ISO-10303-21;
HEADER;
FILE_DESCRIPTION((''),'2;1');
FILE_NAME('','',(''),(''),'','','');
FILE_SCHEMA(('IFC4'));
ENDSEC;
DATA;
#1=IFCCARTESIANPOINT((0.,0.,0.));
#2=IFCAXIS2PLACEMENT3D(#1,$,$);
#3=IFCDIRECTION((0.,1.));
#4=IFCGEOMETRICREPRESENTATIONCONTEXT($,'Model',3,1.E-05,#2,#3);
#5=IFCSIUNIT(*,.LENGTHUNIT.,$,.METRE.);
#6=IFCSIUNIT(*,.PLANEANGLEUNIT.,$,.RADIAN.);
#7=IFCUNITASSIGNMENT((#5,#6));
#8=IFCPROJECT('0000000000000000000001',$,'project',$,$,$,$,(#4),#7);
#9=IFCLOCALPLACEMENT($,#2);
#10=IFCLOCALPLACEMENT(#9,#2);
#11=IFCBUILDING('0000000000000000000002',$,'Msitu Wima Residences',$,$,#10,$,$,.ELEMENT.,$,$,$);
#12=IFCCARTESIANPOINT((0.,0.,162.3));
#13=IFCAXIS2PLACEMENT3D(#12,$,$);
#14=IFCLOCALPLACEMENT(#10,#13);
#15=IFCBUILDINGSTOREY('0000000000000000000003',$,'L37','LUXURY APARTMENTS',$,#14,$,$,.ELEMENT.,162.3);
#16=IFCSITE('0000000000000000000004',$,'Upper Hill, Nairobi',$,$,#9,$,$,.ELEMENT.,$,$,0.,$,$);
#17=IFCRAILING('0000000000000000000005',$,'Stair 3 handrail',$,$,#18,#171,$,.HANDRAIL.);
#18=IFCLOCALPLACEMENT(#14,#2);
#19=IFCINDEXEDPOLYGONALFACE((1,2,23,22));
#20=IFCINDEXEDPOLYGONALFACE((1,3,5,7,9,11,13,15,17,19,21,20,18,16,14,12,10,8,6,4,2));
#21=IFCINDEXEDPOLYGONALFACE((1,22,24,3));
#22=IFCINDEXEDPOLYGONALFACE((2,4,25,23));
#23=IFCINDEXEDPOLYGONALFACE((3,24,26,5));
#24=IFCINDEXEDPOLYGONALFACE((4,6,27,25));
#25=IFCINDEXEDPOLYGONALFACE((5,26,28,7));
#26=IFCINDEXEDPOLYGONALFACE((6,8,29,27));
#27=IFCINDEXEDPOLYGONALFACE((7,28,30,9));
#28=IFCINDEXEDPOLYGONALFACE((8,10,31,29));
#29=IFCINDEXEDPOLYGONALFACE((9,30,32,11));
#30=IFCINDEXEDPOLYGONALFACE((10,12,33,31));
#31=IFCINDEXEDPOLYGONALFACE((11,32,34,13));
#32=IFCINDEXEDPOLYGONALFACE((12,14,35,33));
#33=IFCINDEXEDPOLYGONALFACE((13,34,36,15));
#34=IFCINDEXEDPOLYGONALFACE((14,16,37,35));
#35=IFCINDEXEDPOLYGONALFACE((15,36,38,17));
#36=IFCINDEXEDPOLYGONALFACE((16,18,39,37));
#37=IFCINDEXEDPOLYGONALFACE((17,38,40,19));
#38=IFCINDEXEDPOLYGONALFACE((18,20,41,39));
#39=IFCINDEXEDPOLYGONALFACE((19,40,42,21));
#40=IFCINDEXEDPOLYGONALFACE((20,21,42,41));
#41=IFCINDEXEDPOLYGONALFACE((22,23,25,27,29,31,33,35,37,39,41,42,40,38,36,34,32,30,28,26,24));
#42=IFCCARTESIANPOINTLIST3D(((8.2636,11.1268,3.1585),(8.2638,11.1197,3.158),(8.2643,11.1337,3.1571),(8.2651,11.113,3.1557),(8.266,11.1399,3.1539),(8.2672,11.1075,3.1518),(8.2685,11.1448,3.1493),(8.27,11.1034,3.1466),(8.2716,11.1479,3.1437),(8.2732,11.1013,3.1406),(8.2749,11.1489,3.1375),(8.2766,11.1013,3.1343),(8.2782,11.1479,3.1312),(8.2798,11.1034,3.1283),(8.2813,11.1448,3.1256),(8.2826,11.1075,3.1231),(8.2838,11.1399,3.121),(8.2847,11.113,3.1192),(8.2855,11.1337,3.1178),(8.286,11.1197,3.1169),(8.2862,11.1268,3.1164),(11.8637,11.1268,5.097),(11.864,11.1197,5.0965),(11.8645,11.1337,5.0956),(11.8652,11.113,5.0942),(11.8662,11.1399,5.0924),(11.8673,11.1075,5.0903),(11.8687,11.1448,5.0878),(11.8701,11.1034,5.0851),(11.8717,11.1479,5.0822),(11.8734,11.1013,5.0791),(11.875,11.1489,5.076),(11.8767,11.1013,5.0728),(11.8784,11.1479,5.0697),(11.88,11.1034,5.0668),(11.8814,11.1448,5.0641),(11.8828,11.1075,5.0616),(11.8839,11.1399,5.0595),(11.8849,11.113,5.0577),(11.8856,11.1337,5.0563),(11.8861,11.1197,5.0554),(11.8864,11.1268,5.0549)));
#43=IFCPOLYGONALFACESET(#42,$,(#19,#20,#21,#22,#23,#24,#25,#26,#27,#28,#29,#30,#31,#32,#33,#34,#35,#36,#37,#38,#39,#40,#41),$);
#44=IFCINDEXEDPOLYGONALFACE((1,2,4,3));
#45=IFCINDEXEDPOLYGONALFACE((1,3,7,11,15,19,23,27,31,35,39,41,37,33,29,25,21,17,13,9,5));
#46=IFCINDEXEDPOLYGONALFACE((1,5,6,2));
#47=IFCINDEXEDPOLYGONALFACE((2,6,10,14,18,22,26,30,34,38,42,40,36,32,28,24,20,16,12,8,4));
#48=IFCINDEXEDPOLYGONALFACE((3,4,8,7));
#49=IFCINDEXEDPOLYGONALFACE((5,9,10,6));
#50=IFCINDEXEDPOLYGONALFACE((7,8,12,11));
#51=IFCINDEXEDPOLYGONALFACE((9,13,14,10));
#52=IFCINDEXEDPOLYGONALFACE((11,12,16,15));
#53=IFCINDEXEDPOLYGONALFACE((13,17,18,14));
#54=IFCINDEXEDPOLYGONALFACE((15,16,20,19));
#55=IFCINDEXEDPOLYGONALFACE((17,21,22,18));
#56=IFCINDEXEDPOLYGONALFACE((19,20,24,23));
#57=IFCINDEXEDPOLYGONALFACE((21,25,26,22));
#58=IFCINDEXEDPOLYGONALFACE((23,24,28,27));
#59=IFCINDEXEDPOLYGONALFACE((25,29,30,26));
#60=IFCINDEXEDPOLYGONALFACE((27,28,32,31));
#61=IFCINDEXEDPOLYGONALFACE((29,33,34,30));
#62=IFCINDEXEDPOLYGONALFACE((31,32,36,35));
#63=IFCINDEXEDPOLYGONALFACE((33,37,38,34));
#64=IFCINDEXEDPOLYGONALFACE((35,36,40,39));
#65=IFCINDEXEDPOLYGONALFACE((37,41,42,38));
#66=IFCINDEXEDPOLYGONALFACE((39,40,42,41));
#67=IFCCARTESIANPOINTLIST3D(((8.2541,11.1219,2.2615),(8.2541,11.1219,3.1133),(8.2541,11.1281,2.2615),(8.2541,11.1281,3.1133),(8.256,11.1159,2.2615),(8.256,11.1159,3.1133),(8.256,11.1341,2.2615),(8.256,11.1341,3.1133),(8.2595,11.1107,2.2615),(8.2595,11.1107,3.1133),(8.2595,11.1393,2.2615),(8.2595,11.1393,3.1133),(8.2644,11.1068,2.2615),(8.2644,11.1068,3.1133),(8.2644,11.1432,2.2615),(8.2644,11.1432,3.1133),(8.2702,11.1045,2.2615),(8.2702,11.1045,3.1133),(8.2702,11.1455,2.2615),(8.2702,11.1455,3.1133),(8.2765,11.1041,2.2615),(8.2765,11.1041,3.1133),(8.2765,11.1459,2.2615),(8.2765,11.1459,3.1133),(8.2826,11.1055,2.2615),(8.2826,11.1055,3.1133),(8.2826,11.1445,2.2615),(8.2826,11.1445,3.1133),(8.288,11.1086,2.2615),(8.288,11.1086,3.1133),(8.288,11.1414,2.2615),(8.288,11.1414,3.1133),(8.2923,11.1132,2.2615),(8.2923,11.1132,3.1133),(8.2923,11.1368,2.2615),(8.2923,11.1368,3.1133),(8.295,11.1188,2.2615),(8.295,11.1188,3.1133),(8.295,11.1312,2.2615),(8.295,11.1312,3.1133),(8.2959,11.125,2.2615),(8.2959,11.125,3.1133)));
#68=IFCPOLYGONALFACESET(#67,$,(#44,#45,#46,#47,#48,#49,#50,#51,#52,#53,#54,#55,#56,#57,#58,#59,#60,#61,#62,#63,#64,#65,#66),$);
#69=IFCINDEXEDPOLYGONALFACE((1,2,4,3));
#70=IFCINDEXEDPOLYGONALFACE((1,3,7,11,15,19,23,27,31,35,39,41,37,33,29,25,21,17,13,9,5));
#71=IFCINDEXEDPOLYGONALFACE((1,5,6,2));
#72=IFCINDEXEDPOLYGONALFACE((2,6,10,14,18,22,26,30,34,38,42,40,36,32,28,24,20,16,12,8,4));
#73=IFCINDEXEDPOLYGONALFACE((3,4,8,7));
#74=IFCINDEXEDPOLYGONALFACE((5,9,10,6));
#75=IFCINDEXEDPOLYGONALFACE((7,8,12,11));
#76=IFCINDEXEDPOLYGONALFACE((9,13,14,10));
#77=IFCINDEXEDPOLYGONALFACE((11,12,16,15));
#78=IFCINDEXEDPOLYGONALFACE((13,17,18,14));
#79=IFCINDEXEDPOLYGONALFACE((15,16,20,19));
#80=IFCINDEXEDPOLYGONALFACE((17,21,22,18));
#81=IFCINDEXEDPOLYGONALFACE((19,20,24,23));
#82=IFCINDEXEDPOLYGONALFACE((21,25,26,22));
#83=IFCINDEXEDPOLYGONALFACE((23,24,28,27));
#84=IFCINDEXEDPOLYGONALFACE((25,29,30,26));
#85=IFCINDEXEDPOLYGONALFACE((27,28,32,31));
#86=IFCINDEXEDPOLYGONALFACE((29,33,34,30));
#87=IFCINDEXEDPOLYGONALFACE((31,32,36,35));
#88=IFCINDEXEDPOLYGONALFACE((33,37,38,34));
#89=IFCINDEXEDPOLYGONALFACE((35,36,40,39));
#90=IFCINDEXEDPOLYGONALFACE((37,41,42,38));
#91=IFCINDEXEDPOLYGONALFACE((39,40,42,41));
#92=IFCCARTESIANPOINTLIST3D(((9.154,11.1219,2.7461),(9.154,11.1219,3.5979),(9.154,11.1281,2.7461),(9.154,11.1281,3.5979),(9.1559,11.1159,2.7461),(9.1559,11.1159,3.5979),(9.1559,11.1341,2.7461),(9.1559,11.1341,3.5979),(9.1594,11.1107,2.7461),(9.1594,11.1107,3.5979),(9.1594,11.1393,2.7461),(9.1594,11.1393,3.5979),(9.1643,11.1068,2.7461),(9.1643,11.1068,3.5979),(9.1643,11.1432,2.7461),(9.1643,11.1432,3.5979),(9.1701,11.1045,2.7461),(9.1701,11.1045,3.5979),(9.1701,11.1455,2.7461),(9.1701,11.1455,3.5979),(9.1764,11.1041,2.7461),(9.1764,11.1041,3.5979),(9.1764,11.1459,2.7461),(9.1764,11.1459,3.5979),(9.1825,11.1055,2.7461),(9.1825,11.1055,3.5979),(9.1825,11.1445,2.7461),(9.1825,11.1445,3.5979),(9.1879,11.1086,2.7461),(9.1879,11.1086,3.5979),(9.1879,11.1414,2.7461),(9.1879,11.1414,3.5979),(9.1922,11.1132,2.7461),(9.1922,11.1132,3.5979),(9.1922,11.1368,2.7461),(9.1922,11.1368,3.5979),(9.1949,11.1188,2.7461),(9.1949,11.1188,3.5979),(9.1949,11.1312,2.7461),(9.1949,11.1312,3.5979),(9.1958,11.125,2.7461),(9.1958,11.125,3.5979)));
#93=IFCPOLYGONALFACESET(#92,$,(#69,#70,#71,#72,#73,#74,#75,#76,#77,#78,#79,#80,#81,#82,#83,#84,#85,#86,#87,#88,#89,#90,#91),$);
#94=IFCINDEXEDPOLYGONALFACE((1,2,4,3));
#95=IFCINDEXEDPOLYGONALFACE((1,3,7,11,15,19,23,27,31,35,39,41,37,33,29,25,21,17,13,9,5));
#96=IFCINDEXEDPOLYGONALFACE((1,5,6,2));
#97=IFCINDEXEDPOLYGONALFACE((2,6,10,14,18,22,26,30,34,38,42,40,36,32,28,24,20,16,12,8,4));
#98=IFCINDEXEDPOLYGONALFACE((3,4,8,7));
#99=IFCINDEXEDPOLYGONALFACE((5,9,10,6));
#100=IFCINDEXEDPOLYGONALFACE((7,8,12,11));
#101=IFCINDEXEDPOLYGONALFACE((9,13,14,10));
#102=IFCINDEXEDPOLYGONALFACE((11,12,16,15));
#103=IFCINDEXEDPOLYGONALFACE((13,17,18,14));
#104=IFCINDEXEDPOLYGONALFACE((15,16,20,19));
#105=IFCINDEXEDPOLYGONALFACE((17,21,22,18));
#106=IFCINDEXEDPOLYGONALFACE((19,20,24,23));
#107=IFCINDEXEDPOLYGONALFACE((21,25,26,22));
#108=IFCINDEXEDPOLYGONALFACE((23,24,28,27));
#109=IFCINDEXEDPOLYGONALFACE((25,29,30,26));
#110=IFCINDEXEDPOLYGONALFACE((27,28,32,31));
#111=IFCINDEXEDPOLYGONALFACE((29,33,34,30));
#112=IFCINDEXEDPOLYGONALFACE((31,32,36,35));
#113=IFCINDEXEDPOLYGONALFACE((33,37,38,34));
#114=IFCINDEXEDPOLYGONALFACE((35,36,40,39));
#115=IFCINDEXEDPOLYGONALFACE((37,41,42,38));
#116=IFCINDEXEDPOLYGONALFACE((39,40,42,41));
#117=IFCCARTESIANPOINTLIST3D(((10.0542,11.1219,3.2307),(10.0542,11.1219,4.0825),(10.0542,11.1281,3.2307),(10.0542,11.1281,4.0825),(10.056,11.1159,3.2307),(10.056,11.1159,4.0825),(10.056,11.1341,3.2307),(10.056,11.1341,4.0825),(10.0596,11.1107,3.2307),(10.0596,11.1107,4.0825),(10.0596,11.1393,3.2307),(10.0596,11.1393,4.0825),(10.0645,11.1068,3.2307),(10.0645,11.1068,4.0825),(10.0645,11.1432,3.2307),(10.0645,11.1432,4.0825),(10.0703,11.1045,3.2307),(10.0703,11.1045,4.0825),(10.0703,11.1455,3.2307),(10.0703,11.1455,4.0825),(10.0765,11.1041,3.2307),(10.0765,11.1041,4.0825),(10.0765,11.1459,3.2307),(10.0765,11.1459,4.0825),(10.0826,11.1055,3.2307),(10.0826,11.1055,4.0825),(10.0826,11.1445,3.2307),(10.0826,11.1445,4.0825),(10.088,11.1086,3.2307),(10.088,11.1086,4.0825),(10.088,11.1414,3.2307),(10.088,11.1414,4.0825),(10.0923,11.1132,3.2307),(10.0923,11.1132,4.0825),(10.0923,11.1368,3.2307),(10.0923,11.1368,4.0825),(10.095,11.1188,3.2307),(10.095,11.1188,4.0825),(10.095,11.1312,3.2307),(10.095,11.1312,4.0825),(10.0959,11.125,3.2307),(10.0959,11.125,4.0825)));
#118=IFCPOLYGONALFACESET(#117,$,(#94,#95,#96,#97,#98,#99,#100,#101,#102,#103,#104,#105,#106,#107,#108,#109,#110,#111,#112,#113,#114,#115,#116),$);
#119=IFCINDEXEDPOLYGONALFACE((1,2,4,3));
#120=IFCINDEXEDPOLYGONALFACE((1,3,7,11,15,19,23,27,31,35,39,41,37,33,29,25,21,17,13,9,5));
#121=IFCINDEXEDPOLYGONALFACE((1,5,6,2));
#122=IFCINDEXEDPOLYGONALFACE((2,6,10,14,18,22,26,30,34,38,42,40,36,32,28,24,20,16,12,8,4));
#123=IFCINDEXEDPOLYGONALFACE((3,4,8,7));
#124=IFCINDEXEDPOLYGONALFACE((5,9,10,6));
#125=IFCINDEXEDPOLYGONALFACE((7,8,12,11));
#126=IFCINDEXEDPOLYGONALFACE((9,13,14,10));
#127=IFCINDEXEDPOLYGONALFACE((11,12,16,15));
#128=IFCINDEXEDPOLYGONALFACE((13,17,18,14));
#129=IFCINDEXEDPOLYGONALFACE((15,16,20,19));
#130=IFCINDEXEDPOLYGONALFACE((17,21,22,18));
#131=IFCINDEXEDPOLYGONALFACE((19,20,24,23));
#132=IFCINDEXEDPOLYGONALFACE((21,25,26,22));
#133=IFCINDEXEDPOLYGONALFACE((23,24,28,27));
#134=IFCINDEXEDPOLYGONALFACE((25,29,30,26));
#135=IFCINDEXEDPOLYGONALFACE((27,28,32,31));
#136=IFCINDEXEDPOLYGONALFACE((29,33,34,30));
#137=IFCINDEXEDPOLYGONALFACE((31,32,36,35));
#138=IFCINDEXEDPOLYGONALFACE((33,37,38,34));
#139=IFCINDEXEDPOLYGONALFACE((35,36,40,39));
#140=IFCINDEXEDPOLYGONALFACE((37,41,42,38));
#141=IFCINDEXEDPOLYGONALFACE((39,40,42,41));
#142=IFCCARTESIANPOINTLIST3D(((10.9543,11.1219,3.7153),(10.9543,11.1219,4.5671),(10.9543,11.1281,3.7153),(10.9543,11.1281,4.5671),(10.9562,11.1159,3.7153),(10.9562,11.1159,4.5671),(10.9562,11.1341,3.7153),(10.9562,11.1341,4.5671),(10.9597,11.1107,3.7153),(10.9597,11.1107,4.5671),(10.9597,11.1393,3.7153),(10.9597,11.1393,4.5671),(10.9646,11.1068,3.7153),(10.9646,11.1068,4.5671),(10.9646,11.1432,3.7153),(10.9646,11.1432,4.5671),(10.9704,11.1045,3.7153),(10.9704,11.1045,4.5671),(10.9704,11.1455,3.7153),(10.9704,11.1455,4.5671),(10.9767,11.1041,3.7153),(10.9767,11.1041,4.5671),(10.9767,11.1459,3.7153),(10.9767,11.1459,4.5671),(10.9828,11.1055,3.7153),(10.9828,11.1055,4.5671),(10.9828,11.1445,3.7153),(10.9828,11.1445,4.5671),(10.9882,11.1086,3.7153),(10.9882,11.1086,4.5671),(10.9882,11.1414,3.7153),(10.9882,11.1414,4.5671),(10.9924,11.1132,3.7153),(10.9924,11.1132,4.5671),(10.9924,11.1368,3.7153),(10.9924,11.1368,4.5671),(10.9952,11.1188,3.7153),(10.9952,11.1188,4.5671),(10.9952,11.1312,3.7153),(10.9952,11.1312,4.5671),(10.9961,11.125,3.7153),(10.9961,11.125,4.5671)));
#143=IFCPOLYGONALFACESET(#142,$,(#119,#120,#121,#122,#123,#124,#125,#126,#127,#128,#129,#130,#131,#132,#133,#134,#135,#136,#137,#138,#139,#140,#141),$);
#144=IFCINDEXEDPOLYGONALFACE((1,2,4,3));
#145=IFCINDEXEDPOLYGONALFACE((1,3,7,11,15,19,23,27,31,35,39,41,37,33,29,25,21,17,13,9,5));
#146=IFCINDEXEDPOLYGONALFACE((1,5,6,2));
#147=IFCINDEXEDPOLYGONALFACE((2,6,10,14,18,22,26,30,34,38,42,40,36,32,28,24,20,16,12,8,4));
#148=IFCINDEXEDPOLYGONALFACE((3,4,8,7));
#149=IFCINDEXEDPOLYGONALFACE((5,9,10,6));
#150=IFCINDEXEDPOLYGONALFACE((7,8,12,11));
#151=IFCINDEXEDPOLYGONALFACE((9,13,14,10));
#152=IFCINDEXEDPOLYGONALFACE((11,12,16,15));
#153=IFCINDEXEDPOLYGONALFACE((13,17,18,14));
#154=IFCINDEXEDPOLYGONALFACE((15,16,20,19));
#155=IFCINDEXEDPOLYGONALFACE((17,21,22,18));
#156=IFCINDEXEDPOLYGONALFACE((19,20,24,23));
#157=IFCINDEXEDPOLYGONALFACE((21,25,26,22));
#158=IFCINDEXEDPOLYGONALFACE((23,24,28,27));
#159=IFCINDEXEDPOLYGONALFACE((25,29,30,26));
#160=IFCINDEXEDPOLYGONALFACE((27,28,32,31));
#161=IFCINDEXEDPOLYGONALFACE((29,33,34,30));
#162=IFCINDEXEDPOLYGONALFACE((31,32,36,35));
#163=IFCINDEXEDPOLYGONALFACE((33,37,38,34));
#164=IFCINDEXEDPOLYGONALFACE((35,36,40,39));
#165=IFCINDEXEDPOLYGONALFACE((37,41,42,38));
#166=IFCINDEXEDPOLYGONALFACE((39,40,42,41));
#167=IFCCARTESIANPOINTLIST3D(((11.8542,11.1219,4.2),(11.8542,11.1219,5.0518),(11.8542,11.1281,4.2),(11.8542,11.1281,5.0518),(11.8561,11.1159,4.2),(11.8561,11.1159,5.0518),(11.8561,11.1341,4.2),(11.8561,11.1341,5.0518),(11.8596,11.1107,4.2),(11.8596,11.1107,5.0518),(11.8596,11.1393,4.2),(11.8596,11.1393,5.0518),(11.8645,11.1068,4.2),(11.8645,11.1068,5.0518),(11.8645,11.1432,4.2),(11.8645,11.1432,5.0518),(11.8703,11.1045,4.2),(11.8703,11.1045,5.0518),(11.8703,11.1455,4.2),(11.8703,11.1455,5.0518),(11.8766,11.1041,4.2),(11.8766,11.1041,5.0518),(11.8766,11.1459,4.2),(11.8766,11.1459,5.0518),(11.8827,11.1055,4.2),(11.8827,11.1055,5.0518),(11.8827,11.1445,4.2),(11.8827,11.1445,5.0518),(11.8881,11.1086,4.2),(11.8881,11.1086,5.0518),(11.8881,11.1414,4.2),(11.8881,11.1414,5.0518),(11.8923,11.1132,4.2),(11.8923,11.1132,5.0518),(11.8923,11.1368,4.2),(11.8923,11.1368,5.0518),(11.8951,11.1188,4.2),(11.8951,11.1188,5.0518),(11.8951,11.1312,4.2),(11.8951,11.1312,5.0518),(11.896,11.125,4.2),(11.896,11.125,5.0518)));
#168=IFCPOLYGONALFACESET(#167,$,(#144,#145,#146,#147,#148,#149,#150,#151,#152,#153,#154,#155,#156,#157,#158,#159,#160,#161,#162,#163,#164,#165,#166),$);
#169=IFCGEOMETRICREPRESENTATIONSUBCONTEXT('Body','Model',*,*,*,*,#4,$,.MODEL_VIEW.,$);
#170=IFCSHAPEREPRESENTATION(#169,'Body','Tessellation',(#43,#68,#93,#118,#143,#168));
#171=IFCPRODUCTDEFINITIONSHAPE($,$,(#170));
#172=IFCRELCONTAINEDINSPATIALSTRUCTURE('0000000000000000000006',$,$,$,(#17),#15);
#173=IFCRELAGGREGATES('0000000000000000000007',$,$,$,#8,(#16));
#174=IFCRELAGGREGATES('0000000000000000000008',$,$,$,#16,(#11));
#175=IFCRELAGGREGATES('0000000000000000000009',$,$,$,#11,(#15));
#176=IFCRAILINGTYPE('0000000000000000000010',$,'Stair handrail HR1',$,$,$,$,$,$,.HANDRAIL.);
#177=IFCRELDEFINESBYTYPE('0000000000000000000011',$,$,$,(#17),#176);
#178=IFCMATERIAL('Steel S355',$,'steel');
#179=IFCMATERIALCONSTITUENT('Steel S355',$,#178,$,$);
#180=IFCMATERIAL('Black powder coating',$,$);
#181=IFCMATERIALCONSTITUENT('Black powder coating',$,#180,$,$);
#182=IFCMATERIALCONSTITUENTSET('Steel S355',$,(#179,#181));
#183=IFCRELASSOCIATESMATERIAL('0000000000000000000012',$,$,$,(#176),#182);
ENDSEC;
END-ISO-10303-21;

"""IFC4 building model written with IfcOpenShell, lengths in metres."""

from ifc_helpers import new_model, si_unit, direction, frame, origin, origin_2d, place, context, subcontext, project, spatial, circle, extrude, material, constituent, constituent_set, type_object, element, save


model = new_model("IFC4")

# Units and contexts
model_context = context("Model", 3, precision=1e-05, world=origin(), true_north=direction((0.0, 1.0)))
body_context = subcontext(model_context, "Body", "Model", "MODEL_VIEW")
ifc_project = project(units=[si_unit("LENGTHUNIT", "METRE"), si_unit("PLANEANGLEUNIT", "RADIAN")], contexts=[model_context])

# Site, building, storey
site_placement = place(None, origin())
site = spatial("IfcSite", under=ifc_project, at=site_placement, Name="Upper Hill, Nairobi", CompositionType="ELEMENT", RefElevation=0.0)
building_placement = place(site_placement, origin())
building = spatial("IfcBuilding", under=site, at=building_placement, Name="Msitu Wima Residences", CompositionType="ELEMENT")
storey_placement = place(building_placement, frame((0.0, 0.0, 162.3)))
storey = spatial("IfcBuildingStorey", under=building, at=storey_placement, Name="L37", Description="LUXURY APARTMENTS", CompositionType="ELEMENT", Elevation=162.3)

# Railing
ifc_material_1 = material(Name="Steel S355", Category="steel")
ifc_constituent_1 = constituent(ifc_material_1, Name="Steel S355")
ifc_material_2 = material(Name="Black powder coating")
ifc_constituent_2 = constituent(ifc_material_2, Name="Black powder coating")
ifc_constituent_set = constituent_set(constituents=[ifc_constituent_1, ifc_constituent_2], Name="Steel S355")
railing_type = type_object("IfcRailingType", Name="Stair handrail HR1", PredefinedType="HANDRAIL", material=ifc_constituent_set)
for number, where, name in (
    (1, (8.2749, 11.125, 2.2615), "Stair 3 handrail"),
):
    element("IfcRailing", number, at=place(storey_placement, frame(where)), inside=storey, type_object=railing_type, Name=name, PredefinedType="HANDRAIL", context=body_context, shape_type="SweptSolid", body=[
        extrude(circle(Radius=0.0239, at=origin_2d()), frame((0.0, 0.0, 0.876), z_axis=(0.880475, 0.0, 0.474093), x_axis=(0.0, 1.0, 0.0)), (0.0, 0.0, 1.0), 4.0889),
        extrude(circle(Radius=0.021, at=origin_2d()), origin(), (0.0, 0.0, 1.0), 0.8518),
        extrude(circle(Radius=0.021, at=origin_2d()), frame((0.8999, 0.0, 0.4846)), (0.0, 0.0, 1.0), 0.8518),
        extrude(circle(Radius=0.021, at=origin_2d()), frame((1.8, 0.0, 0.9692)), (0.0, 0.0, 1.0), 0.8518),
        extrude(circle(Radius=0.021, at=origin_2d()), frame((2.7002, 0.0, 1.4539)), (0.0, 0.0, 1.0), 0.8518),
        extrude(circle(Radius=0.021, at=origin_2d()), frame((3.6001, 0.0, 1.9385)), (0.0, 0.0, 1.0), 0.8518),
    ])

save(model, "model.ifc")
